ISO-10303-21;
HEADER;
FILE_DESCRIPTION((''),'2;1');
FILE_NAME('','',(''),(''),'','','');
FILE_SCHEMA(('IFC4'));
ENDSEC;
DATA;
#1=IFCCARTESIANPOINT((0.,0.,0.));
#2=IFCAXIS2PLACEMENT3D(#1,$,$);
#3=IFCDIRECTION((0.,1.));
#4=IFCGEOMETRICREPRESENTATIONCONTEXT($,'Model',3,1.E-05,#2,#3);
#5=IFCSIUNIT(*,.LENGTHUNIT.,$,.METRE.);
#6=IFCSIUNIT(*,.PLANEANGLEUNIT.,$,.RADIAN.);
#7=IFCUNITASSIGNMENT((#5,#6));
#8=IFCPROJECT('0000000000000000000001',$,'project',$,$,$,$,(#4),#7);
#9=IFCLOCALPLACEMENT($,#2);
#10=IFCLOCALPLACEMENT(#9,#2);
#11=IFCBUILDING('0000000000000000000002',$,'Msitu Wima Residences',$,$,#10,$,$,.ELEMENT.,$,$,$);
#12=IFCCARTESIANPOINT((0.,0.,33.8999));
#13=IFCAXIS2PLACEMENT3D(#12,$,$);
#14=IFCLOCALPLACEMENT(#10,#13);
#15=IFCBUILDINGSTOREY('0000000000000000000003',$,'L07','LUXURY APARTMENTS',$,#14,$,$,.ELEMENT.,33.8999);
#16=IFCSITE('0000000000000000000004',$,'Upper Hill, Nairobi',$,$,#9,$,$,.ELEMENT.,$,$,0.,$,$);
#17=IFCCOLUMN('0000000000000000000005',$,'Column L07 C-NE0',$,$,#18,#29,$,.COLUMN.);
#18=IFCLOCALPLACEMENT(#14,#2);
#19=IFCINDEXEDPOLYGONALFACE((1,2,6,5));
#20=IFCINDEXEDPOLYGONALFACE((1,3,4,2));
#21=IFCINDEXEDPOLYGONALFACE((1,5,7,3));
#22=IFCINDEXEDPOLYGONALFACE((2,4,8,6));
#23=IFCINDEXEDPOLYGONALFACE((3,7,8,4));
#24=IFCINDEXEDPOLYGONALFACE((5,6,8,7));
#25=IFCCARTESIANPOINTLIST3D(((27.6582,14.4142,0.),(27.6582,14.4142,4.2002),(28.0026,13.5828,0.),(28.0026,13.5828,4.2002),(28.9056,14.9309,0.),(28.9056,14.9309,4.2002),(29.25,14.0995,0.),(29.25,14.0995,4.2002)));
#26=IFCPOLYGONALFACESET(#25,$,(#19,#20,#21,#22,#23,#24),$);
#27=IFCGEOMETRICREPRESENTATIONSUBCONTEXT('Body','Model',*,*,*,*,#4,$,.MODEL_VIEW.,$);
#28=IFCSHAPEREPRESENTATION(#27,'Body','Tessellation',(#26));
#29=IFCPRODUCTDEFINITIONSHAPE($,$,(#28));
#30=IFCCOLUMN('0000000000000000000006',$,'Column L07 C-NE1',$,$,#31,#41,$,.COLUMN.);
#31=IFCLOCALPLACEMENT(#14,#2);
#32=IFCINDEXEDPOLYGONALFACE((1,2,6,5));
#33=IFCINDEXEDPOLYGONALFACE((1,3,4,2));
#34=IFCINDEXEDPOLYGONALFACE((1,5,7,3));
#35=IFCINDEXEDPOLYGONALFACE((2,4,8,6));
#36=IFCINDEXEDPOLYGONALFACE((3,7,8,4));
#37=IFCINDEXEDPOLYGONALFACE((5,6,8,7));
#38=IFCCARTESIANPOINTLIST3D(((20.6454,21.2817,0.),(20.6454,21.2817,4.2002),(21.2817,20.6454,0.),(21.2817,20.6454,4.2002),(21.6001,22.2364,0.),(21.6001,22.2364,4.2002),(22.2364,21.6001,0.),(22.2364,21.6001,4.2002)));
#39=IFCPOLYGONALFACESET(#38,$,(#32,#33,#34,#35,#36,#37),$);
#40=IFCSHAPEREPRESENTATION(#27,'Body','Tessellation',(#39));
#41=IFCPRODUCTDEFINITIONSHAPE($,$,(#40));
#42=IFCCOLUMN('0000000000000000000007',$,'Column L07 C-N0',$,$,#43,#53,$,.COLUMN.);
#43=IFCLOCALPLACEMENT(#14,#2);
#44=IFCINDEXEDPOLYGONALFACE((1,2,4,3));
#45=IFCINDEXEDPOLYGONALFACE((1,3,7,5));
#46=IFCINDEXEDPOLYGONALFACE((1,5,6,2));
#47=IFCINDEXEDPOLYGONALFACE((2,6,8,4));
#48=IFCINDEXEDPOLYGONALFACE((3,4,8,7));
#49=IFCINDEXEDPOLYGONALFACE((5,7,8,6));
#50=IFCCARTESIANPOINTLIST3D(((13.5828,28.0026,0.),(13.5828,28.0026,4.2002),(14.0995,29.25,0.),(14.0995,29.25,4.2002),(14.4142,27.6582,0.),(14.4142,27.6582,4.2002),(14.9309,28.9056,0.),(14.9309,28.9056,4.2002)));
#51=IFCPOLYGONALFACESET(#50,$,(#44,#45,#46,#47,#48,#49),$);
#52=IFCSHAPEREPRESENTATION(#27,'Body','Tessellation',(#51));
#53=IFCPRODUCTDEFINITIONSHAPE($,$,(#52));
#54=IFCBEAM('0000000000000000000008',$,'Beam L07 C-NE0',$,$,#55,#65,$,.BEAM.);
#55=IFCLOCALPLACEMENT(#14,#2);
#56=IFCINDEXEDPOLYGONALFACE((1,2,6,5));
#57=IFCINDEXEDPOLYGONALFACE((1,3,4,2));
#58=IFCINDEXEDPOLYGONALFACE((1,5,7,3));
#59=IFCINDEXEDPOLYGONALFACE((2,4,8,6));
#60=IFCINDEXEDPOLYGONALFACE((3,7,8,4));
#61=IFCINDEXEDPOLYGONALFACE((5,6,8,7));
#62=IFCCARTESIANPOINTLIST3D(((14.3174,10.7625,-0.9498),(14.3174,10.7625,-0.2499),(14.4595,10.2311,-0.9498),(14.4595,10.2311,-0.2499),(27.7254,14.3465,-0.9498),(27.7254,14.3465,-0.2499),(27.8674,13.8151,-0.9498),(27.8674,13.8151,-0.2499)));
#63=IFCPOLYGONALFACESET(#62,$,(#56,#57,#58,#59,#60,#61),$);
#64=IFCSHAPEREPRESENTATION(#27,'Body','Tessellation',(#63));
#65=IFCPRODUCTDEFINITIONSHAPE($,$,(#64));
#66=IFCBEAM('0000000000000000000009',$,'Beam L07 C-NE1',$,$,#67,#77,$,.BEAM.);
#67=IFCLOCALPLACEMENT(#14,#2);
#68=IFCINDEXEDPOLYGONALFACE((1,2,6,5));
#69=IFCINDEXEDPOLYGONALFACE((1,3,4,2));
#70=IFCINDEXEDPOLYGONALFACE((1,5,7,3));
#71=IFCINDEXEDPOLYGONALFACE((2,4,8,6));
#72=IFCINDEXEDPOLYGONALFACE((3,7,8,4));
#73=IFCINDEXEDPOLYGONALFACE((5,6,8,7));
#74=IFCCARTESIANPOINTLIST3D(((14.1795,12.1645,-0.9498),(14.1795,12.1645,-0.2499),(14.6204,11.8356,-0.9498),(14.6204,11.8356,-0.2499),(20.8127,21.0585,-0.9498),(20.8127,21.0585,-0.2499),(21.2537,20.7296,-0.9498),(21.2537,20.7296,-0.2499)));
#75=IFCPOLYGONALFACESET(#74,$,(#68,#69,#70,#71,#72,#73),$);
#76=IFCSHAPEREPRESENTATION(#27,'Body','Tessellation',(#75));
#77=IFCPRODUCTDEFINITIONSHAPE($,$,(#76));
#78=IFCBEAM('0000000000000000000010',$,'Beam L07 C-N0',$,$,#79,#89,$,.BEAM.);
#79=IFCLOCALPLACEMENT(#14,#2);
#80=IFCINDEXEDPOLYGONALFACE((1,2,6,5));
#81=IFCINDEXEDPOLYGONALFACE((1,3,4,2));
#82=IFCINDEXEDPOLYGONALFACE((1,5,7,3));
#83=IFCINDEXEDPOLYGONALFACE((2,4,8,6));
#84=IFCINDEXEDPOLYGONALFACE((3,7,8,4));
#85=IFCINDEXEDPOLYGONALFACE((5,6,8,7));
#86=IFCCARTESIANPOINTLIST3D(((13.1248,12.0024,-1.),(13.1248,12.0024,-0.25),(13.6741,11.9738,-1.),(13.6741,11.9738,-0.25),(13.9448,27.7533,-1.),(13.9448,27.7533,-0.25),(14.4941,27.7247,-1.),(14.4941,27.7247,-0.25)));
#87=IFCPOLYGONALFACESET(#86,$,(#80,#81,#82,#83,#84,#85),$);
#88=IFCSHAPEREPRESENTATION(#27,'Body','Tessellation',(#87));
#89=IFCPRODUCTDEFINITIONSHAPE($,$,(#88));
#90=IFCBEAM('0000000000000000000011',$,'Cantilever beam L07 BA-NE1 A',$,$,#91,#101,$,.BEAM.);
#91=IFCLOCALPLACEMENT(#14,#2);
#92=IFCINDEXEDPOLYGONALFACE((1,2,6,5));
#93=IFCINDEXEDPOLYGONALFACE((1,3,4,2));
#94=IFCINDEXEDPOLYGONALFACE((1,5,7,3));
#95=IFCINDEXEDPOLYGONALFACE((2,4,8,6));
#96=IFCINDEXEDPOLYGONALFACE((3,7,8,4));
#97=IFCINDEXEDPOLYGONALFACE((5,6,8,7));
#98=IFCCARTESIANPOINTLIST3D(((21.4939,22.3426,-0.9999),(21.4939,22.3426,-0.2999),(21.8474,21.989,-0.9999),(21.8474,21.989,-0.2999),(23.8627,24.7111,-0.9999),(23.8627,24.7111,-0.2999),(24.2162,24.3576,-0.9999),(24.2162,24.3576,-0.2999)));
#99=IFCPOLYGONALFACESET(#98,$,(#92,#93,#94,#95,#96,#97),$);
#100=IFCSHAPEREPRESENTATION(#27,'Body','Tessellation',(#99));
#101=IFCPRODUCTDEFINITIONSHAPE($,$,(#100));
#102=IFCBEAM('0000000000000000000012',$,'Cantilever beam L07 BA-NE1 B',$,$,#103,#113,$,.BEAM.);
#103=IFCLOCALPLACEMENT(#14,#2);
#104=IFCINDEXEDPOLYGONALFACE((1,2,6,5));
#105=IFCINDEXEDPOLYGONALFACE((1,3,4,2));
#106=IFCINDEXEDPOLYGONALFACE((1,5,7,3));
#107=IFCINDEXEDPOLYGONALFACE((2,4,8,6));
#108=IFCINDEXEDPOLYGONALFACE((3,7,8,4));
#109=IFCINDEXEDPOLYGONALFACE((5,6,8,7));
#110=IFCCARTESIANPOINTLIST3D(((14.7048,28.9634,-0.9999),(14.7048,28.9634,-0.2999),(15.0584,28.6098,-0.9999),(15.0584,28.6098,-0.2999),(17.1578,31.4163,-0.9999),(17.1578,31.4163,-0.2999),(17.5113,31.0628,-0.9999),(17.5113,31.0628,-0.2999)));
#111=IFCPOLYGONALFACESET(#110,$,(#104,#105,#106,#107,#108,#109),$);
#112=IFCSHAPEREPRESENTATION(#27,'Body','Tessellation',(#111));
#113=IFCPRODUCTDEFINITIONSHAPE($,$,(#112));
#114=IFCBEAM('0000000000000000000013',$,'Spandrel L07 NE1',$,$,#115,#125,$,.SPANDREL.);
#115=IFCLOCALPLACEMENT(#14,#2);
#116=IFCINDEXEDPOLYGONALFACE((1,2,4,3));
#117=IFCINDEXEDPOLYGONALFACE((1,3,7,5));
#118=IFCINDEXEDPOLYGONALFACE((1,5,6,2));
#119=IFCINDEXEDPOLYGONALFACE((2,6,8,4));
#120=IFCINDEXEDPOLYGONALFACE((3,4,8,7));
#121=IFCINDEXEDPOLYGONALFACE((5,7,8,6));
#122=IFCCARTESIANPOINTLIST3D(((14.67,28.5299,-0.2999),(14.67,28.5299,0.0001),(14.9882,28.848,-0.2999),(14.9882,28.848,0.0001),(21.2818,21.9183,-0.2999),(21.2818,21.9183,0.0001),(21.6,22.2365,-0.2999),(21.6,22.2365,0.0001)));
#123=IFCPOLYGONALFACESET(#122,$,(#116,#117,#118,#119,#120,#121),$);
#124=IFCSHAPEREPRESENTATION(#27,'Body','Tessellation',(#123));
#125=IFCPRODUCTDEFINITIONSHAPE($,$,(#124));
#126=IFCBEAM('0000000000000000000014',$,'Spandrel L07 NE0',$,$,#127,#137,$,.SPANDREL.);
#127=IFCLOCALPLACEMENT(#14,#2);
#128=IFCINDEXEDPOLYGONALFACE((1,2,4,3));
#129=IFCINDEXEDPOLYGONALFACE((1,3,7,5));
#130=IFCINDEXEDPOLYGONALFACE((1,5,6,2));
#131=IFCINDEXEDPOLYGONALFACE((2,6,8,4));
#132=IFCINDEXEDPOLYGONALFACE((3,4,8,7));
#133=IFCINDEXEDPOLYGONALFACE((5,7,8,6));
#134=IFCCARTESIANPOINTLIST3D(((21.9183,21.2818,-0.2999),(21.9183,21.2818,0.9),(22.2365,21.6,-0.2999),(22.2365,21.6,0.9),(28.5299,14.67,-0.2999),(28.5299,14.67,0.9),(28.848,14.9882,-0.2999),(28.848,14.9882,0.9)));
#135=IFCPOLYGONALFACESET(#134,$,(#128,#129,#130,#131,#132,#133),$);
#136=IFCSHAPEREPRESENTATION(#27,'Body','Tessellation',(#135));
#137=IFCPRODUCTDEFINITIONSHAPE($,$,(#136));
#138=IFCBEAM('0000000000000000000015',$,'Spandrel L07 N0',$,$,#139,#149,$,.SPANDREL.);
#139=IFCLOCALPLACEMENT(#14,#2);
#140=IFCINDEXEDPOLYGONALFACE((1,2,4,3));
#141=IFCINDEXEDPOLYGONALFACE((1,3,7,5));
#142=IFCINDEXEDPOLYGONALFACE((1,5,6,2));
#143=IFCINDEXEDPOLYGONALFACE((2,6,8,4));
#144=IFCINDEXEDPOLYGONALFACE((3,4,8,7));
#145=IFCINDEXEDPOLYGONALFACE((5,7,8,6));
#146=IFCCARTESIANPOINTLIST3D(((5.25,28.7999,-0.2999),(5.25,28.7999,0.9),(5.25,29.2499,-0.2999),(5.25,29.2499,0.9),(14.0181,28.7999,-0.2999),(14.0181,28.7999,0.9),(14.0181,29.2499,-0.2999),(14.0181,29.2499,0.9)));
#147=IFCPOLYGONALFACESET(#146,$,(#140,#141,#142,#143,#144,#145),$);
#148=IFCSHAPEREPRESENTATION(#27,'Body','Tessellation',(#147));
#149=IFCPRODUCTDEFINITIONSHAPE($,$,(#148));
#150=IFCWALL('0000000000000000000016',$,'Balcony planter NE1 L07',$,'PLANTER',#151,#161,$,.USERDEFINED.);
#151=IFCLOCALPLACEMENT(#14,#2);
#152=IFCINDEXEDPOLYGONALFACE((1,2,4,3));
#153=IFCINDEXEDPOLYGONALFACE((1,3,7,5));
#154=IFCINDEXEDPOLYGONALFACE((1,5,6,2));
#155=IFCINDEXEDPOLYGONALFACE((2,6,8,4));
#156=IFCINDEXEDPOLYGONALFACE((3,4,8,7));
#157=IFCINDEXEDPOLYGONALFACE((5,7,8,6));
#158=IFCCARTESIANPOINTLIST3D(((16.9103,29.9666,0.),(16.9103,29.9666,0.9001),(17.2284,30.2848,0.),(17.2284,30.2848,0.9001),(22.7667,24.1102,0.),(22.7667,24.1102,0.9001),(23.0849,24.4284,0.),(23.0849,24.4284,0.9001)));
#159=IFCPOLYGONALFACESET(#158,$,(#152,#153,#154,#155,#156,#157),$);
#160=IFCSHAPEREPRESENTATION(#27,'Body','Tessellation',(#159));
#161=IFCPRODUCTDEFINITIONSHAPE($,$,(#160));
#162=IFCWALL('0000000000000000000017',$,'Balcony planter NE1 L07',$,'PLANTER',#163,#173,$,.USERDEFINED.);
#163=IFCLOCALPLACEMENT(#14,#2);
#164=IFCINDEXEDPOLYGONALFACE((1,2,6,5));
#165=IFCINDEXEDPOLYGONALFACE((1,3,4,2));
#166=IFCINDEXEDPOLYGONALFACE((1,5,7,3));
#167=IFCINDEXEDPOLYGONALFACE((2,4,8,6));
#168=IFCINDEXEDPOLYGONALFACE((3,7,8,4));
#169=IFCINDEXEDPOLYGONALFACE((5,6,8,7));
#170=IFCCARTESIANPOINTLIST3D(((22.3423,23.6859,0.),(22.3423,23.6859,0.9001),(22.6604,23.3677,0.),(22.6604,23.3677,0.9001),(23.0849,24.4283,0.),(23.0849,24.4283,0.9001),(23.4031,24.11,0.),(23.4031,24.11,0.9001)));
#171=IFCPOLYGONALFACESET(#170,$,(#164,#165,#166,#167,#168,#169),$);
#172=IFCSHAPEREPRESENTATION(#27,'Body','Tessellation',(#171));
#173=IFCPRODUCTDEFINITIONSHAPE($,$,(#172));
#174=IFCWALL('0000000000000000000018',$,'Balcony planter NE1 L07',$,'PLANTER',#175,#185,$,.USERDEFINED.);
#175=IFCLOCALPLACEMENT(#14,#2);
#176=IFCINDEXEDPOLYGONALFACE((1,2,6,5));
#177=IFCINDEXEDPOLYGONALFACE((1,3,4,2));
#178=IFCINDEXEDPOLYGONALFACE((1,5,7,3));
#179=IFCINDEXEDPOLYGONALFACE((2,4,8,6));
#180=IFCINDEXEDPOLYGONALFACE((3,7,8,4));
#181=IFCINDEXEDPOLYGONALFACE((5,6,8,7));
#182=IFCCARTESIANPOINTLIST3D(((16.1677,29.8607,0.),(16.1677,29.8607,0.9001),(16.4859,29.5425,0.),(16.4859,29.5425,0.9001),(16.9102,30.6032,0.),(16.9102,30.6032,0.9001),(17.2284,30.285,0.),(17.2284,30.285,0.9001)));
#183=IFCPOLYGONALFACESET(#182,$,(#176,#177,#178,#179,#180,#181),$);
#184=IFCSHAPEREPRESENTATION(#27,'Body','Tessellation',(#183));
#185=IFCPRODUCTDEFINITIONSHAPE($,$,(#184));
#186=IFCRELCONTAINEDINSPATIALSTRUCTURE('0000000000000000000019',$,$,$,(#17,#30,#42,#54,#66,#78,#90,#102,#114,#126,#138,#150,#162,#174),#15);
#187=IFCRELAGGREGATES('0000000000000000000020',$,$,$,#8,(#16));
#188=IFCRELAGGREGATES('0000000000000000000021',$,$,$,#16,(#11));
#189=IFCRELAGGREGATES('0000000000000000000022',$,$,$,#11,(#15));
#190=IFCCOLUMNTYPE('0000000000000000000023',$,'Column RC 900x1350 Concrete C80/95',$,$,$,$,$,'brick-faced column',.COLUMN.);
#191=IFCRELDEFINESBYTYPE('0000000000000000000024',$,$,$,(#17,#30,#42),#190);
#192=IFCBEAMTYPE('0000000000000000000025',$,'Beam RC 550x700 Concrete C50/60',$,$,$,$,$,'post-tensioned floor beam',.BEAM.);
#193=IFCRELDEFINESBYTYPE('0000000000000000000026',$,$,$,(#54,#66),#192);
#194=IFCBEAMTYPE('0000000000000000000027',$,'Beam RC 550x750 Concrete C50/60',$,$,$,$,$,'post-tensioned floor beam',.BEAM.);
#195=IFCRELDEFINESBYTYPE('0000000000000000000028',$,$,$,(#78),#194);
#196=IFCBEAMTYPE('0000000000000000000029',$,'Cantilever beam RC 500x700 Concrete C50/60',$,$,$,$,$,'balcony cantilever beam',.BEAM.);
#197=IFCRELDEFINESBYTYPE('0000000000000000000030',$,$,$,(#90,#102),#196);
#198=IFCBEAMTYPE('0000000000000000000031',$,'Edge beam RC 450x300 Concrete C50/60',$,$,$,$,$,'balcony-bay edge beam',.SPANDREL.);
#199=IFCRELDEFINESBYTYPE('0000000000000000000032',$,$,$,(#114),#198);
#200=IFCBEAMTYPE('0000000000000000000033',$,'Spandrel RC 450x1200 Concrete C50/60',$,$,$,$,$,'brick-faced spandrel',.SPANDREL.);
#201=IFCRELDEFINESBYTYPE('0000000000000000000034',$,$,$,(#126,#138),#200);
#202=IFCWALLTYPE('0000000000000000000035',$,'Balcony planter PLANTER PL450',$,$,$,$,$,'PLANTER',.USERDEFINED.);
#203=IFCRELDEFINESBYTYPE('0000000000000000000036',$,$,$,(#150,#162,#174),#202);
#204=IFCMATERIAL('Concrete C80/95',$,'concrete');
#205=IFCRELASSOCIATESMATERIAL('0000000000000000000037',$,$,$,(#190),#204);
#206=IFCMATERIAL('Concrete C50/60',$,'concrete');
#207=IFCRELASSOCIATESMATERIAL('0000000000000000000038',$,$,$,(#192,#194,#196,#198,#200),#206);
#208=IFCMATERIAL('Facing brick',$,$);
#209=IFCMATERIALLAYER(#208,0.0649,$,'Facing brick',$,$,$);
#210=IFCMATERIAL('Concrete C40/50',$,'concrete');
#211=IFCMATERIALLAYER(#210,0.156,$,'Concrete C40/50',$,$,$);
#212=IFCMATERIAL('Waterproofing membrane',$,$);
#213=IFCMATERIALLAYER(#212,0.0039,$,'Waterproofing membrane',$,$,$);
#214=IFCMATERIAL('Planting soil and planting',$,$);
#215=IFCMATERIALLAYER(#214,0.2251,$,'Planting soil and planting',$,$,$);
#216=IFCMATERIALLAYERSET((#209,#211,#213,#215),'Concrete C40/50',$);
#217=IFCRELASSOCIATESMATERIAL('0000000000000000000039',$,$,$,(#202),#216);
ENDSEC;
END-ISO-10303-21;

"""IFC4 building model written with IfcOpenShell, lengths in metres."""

from ifc_helpers import new_model, si_unit, direction, frame, frame_2d, origin, origin_2d, place, context, subcontext, project, spatial, rectangle, extrude, material, layer, layer_set, material_profile, profile_set, type_object, element, save


model = new_model("IFC4")

# Units and contexts
model_context = context("Model", 3, precision=1e-05, world=origin(), true_north=direction((0.0, 1.0)))
body_context = subcontext(model_context, "Body", "Model", "MODEL_VIEW")
ifc_project = project(units=[si_unit("LENGTHUNIT", "METRE"), si_unit("PLANEANGLEUNIT", "RADIAN")], contexts=[model_context])

# Site, building, storey
site_placement = place(None, origin())
site = spatial("IfcSite", under=ifc_project, at=site_placement, Name="Upper Hill, Nairobi", CompositionType="ELEMENT", RefElevation=0.0)
building_placement = place(site_placement, origin())
building = spatial("IfcBuilding", under=site, at=building_placement, Name="Msitu Wima Residences", CompositionType="ELEMENT")
storey_placement = place(building_placement, frame((0.0, 0.0, 33.8999)))
storey = spatial("IfcBuildingStorey", under=building, at=storey_placement, Name="L07", Description="LUXURY APARTMENTS", CompositionType="ELEMENT", Elevation=33.8999)

# Columns
ifc_material_1 = material(Name="Concrete C80/95", Category="concrete")
ifc_material_profile_1 = material_profile(ifc_material_1, rectangle(XDim=0.8999, YDim=1.3501, at=origin_2d()), Name="RC 900x1350")
ifc_profile_set_1 = profile_set([ifc_material_profile_1], Name="Concrete C80/95")
column_type = type_object("IfcColumnType", Name="Column RC 900x1350 Concrete C80/95", ElementType="brick-faced column", PredefinedType="COLUMN", material=ifc_profile_set_1)
for number, where, z_axis, x_axis, name in (
    (1, (28.4541, 14.2568, 0.0), (0.0, 0.0, 1.0), (-0.382683, 0.92388, 0.0), "Column L07 C-NE0"),
    (2, (21.4409, 21.4409, 0.0), (0.0, 0.0, 1.0), (-0.707107, 0.707107, 0.0), "Column L07 C-NE1"),
    (3, (14.2568, 28.4541, 0.0), (0.0, 0.0, 1.0), (-0.92388, 0.382683, 0.0), "Column L07 C-N0"),
):
    element("IfcColumn", number, at=place(storey_placement, frame(where, z_axis=z_axis, x_axis=x_axis)), inside=storey, type_object=column_type, Name=name, PredefinedType="COLUMN", context=body_context, shape_type="SweptSolid", body=[
        extrude(rectangle(XDim=0.8999, YDim=1.3501, at=origin_2d()), origin(), (0.0, 0.0, 1.0), 4.2002),
    ])

# Beams
ifc_material_2 = material(Name="Concrete C50/60", Category="concrete")
ifc_material_profile_2 = material_profile(ifc_material_2, rectangle(XDim=0.55, YDim=0.7, at=origin_2d()), Name="RC 550x700")
ifc_profile_set_2 = profile_set([ifc_material_profile_2], Name="Concrete C50/60")
beam_type_1 = type_object("IfcBeamType", Name="Beam RC 550x700 Concrete C50/60", ElementType="post-tensioned floor beam", PredefinedType="BEAM", material=ifc_profile_set_2)
beam_1_placement = place(storey_placement, frame((27.7964, 14.0808, -0.5999), z_axis=(-0.966082, -0.258236, 0.0), x_axis=(0.258236, -0.966082, 0.0)))
element("IfcBeam", 4, at=beam_1_placement, inside=storey, type_object=beam_type_1, Name="Beam L07 C-NE0", PredefinedType="BEAM", context=body_context, shape_type="SweptSolid", body=[
    extrude(rectangle(XDim=0.55, YDim=0.7, at=origin_2d()), origin(), (0.0, 0.0, 1.0), 13.8787),
])
beam_2_placement = place(storey_placement, frame((21.0332, 20.894, -0.5999), z_axis=(-0.59785, -0.801608, 0.0), x_axis=(0.801608, -0.59785, 0.0)))
element("IfcBeam", 5, at=beam_2_placement, inside=storey, type_object=beam_type_1, Name="Beam L07 C-NE1", PredefinedType="BEAM", context=body_context, shape_type="SweptSolid", body=[
    extrude(rectangle(XDim=0.55, YDim=0.7, at=origin_2d()), origin(), (0.0, 0.0, 1.0), 11.0952),
])
ifc_material_profile_3 = material_profile(ifc_material_2, rectangle(XDim=0.55, YDim=0.75, at=origin_2d()), Name="RC 550x750")
ifc_profile_set_3 = profile_set([ifc_material_profile_3], Name="Concrete C50/60")
beam_type_2 = type_object("IfcBeamType", Name="Beam RC 550x750 Concrete C50/60", ElementType="post-tensioned floor beam", PredefinedType="BEAM", material=ifc_profile_set_3)
beam_3_placement = place(storey_placement, frame((14.2195, 27.739, -0.625), z_axis=(-0.051994, -0.998647, 0.0), x_axis=(0.998647, -0.051994, 0.0)))
element("IfcBeam", 6, at=beam_3_placement, inside=storey, type_object=beam_type_2, Name="Beam L07 C-N0", PredefinedType="BEAM", context=body_context, shape_type="SweptSolid", body=[
    extrude(rectangle(XDim=0.55, YDim=0.75, at=origin_2d()), origin(), (0.0, 0.0, 1.0), 15.7722),
])
ifc_material_profile_4 = material_profile(ifc_material_2, rectangle(XDim=0.5, YDim=0.7, at=origin_2d()), Name="RC 500x700")
ifc_profile_set_4 = profile_set([ifc_material_profile_4], Name="Concrete C50/60")
beam_type_3 = type_object("IfcBeamType", Name="Cantilever beam RC 500x700 Concrete C50/60", ElementType="balcony cantilever beam", PredefinedType="BEAM", material=ifc_profile_set_4)
beam_4_placement = place(storey_placement, frame((21.6707, 22.1658, -0.6499), z_axis=(0.707143, 0.70707, 0.0), x_axis=(-0.70707, 0.707143, 0.0)))
element("IfcBeam", 7, at=beam_4_placement, inside=storey, type_object=beam_type_3, Name="Cantilever beam L07 BA-NE1 A", PredefinedType="BEAM", context=body_context, shape_type="SweptSolid", body=[
    extrude(rectangle(XDim=0.5, YDim=0.7, at=origin_2d()), origin(), (0.0, 0.0, 1.0), 3.3499),
])
beam_5_placement = place(storey_placement, frame((14.8816, 28.7866, -0.6499), z_axis=(0.707107, 0.707107, 0.0), x_axis=(-0.707107, 0.707107, 0.0)))
element("IfcBeam", 8, at=beam_5_placement, inside=storey, type_object=beam_type_3, Name="Cantilever beam L07 BA-NE1 B", PredefinedType="BEAM", context=body_context, shape_type="SweptSolid", body=[
    extrude(rectangle(XDim=0.5, YDim=0.7, at=origin_2d()), origin(), (0.0, 0.0, 1.0), 3.469),
])
ifc_material_profile_5 = material_profile(ifc_material_2, rectangle(XDim=0.45, YDim=0.3, at=origin_2d()), Name="RC 450x300")
ifc_profile_set_5 = profile_set([ifc_material_profile_5], Name="Concrete C50/60")
beam_type_4 = type_object("IfcBeamType", Name="Edge beam RC 450x300 Concrete C50/60", ElementType="balcony-bay edge beam", PredefinedType="SPANDREL", material=ifc_profile_set_5)
beam_6_placement = place(storey_placement, frame((21.4409, 22.0774, -0.1499), z_axis=(-0.70712, 0.707094, 0.0), x_axis=(-0.707094, -0.70712, 0.0)))
element("IfcBeam", 9, at=beam_6_placement, inside=storey, type_object=beam_type_4, Name="Spandrel L07 NE1", PredefinedType="SPANDREL", context=body_context, shape_type="SweptSolid", body=[
    extrude(rectangle(XDim=0.45, YDim=0.3, at=origin_2d()), origin(), (0.0, 0.0, 1.0), 9.3503),
])
ifc_material_profile_6 = material_profile(ifc_material_2, rectangle(XDim=0.45, YDim=1.2, at=origin_2d()), Name="RC 450x1200")
ifc_profile_set_6 = profile_set([ifc_material_profile_6], Name="Concrete C50/60")
beam_type_5 = type_object("IfcBeamType", Name="Spandrel RC 450x1200 Concrete C50/60", ElementType="brick-faced spandrel", PredefinedType="SPANDREL", material=ifc_profile_set_6)
beam_7_placement = place(storey_placement, frame((28.689, 14.8291, 0.3), z_axis=(-0.707094, 0.70712, 0.0), x_axis=(-0.70712, -0.707094, 0.0)))
element("IfcBeam", 10, at=beam_7_placement, inside=storey, type_object=beam_type_5, Name="Spandrel L07 NE0", PredefinedType="SPANDREL", context=body_context, shape_type="SweptSolid", body=[
    extrude(rectangle(XDim=0.45, YDim=1.2, at=origin_2d()), origin(), (0.0, 0.0, 1.0), 9.3503),
])
beam_8_placement = place(storey_placement, frame((14.0181, 29.0249, 0.3), z_axis=(-1.0, 0.0, 0.0), x_axis=(0.0, -1.0, 0.0)))
element("IfcBeam", 11, at=beam_8_placement, inside=storey, type_object=beam_type_5, Name="Spandrel L07 N0", PredefinedType="SPANDREL", context=body_context, shape_type="SweptSolid", body=[
    extrude(rectangle(XDim=0.45, YDim=1.2, at=origin_2d()), origin(), (0.0, 0.0, 1.0), 8.7681),
])

# Walls
ifc_material_3 = material(Name="Facing brick")
ifc_layer_1 = layer(ifc_material_3, 0.0649, Name="Facing brick")
ifc_material_4 = material(Name="Concrete C40/50", Category="concrete")
ifc_layer_2 = layer(ifc_material_4, 0.156, Name="Concrete C40/50")
ifc_material_5 = material(Name="Waterproofing membrane")
ifc_layer_3 = layer(ifc_material_5, 0.0039, Name="Waterproofing membrane")
ifc_material_6 = material(Name="Planting soil and planting")
ifc_layer_4 = layer(ifc_material_6, 0.2251, Name="Planting soil and planting")
ifc_layer_set_1 = layer_set([ifc_layer_1, ifc_layer_2, ifc_layer_3, ifc_layer_4], Name="Concrete C40/50")
wall_type_1 = type_object("IfcWallType", Name="Balcony planter PLANTER PL450", ElementType="PLANTER", PredefinedType="USERDEFINED", material=ifc_layer_set_1)
wall_1_placement = place(storey_placement, frame((22.9258, 24.2693, 0.0), z_axis=(0.0, 0.0, 1.0), x_axis=(-0.707107, 0.707107, 0.0)))
element("IfcWall", 12, at=wall_1_placement, inside=storey, type_object=wall_type_1, Name="Balcony planter NE1 L07", ObjectType="PLANTER", PredefinedType="USERDEFINED", context=body_context, shape_type="SweptSolid", body=[
    extrude(rectangle(XDim=8.2822, YDim=0.45, at=frame_2d((4.1411, 0.0))), origin(), (0.0, 0.0, 1.0), 0.9001),
])
for number, where, z_axis, x_axis, name in (
    (13, (22.5015, 23.5269, 0.0), (0.0, 0.0, 1.0), (0.707223, 0.706991, 0.0), "Balcony planter NE1 L07"),
    (14, (16.3269, 29.7017, 0.0), (0.0, 0.0, 1.0), (0.707107, 0.707107, 0.0), "Balcony planter NE1 L07"),
):
    element("IfcWall", number, at=place(storey_placement, frame(where, z_axis=z_axis, x_axis=x_axis)), inside=storey, type_object=wall_type_1, Name=name, ObjectType="PLANTER", PredefinedType="USERDEFINED", context=body_context, shape_type="SweptSolid", body=[
        extrude(rectangle(XDim=1.05, YDim=0.45, at=frame_2d((0.5249, 0.0))), origin(), (0.0, 0.0, 1.0), 0.9001),
    ])

save(model, "model.ifc")
